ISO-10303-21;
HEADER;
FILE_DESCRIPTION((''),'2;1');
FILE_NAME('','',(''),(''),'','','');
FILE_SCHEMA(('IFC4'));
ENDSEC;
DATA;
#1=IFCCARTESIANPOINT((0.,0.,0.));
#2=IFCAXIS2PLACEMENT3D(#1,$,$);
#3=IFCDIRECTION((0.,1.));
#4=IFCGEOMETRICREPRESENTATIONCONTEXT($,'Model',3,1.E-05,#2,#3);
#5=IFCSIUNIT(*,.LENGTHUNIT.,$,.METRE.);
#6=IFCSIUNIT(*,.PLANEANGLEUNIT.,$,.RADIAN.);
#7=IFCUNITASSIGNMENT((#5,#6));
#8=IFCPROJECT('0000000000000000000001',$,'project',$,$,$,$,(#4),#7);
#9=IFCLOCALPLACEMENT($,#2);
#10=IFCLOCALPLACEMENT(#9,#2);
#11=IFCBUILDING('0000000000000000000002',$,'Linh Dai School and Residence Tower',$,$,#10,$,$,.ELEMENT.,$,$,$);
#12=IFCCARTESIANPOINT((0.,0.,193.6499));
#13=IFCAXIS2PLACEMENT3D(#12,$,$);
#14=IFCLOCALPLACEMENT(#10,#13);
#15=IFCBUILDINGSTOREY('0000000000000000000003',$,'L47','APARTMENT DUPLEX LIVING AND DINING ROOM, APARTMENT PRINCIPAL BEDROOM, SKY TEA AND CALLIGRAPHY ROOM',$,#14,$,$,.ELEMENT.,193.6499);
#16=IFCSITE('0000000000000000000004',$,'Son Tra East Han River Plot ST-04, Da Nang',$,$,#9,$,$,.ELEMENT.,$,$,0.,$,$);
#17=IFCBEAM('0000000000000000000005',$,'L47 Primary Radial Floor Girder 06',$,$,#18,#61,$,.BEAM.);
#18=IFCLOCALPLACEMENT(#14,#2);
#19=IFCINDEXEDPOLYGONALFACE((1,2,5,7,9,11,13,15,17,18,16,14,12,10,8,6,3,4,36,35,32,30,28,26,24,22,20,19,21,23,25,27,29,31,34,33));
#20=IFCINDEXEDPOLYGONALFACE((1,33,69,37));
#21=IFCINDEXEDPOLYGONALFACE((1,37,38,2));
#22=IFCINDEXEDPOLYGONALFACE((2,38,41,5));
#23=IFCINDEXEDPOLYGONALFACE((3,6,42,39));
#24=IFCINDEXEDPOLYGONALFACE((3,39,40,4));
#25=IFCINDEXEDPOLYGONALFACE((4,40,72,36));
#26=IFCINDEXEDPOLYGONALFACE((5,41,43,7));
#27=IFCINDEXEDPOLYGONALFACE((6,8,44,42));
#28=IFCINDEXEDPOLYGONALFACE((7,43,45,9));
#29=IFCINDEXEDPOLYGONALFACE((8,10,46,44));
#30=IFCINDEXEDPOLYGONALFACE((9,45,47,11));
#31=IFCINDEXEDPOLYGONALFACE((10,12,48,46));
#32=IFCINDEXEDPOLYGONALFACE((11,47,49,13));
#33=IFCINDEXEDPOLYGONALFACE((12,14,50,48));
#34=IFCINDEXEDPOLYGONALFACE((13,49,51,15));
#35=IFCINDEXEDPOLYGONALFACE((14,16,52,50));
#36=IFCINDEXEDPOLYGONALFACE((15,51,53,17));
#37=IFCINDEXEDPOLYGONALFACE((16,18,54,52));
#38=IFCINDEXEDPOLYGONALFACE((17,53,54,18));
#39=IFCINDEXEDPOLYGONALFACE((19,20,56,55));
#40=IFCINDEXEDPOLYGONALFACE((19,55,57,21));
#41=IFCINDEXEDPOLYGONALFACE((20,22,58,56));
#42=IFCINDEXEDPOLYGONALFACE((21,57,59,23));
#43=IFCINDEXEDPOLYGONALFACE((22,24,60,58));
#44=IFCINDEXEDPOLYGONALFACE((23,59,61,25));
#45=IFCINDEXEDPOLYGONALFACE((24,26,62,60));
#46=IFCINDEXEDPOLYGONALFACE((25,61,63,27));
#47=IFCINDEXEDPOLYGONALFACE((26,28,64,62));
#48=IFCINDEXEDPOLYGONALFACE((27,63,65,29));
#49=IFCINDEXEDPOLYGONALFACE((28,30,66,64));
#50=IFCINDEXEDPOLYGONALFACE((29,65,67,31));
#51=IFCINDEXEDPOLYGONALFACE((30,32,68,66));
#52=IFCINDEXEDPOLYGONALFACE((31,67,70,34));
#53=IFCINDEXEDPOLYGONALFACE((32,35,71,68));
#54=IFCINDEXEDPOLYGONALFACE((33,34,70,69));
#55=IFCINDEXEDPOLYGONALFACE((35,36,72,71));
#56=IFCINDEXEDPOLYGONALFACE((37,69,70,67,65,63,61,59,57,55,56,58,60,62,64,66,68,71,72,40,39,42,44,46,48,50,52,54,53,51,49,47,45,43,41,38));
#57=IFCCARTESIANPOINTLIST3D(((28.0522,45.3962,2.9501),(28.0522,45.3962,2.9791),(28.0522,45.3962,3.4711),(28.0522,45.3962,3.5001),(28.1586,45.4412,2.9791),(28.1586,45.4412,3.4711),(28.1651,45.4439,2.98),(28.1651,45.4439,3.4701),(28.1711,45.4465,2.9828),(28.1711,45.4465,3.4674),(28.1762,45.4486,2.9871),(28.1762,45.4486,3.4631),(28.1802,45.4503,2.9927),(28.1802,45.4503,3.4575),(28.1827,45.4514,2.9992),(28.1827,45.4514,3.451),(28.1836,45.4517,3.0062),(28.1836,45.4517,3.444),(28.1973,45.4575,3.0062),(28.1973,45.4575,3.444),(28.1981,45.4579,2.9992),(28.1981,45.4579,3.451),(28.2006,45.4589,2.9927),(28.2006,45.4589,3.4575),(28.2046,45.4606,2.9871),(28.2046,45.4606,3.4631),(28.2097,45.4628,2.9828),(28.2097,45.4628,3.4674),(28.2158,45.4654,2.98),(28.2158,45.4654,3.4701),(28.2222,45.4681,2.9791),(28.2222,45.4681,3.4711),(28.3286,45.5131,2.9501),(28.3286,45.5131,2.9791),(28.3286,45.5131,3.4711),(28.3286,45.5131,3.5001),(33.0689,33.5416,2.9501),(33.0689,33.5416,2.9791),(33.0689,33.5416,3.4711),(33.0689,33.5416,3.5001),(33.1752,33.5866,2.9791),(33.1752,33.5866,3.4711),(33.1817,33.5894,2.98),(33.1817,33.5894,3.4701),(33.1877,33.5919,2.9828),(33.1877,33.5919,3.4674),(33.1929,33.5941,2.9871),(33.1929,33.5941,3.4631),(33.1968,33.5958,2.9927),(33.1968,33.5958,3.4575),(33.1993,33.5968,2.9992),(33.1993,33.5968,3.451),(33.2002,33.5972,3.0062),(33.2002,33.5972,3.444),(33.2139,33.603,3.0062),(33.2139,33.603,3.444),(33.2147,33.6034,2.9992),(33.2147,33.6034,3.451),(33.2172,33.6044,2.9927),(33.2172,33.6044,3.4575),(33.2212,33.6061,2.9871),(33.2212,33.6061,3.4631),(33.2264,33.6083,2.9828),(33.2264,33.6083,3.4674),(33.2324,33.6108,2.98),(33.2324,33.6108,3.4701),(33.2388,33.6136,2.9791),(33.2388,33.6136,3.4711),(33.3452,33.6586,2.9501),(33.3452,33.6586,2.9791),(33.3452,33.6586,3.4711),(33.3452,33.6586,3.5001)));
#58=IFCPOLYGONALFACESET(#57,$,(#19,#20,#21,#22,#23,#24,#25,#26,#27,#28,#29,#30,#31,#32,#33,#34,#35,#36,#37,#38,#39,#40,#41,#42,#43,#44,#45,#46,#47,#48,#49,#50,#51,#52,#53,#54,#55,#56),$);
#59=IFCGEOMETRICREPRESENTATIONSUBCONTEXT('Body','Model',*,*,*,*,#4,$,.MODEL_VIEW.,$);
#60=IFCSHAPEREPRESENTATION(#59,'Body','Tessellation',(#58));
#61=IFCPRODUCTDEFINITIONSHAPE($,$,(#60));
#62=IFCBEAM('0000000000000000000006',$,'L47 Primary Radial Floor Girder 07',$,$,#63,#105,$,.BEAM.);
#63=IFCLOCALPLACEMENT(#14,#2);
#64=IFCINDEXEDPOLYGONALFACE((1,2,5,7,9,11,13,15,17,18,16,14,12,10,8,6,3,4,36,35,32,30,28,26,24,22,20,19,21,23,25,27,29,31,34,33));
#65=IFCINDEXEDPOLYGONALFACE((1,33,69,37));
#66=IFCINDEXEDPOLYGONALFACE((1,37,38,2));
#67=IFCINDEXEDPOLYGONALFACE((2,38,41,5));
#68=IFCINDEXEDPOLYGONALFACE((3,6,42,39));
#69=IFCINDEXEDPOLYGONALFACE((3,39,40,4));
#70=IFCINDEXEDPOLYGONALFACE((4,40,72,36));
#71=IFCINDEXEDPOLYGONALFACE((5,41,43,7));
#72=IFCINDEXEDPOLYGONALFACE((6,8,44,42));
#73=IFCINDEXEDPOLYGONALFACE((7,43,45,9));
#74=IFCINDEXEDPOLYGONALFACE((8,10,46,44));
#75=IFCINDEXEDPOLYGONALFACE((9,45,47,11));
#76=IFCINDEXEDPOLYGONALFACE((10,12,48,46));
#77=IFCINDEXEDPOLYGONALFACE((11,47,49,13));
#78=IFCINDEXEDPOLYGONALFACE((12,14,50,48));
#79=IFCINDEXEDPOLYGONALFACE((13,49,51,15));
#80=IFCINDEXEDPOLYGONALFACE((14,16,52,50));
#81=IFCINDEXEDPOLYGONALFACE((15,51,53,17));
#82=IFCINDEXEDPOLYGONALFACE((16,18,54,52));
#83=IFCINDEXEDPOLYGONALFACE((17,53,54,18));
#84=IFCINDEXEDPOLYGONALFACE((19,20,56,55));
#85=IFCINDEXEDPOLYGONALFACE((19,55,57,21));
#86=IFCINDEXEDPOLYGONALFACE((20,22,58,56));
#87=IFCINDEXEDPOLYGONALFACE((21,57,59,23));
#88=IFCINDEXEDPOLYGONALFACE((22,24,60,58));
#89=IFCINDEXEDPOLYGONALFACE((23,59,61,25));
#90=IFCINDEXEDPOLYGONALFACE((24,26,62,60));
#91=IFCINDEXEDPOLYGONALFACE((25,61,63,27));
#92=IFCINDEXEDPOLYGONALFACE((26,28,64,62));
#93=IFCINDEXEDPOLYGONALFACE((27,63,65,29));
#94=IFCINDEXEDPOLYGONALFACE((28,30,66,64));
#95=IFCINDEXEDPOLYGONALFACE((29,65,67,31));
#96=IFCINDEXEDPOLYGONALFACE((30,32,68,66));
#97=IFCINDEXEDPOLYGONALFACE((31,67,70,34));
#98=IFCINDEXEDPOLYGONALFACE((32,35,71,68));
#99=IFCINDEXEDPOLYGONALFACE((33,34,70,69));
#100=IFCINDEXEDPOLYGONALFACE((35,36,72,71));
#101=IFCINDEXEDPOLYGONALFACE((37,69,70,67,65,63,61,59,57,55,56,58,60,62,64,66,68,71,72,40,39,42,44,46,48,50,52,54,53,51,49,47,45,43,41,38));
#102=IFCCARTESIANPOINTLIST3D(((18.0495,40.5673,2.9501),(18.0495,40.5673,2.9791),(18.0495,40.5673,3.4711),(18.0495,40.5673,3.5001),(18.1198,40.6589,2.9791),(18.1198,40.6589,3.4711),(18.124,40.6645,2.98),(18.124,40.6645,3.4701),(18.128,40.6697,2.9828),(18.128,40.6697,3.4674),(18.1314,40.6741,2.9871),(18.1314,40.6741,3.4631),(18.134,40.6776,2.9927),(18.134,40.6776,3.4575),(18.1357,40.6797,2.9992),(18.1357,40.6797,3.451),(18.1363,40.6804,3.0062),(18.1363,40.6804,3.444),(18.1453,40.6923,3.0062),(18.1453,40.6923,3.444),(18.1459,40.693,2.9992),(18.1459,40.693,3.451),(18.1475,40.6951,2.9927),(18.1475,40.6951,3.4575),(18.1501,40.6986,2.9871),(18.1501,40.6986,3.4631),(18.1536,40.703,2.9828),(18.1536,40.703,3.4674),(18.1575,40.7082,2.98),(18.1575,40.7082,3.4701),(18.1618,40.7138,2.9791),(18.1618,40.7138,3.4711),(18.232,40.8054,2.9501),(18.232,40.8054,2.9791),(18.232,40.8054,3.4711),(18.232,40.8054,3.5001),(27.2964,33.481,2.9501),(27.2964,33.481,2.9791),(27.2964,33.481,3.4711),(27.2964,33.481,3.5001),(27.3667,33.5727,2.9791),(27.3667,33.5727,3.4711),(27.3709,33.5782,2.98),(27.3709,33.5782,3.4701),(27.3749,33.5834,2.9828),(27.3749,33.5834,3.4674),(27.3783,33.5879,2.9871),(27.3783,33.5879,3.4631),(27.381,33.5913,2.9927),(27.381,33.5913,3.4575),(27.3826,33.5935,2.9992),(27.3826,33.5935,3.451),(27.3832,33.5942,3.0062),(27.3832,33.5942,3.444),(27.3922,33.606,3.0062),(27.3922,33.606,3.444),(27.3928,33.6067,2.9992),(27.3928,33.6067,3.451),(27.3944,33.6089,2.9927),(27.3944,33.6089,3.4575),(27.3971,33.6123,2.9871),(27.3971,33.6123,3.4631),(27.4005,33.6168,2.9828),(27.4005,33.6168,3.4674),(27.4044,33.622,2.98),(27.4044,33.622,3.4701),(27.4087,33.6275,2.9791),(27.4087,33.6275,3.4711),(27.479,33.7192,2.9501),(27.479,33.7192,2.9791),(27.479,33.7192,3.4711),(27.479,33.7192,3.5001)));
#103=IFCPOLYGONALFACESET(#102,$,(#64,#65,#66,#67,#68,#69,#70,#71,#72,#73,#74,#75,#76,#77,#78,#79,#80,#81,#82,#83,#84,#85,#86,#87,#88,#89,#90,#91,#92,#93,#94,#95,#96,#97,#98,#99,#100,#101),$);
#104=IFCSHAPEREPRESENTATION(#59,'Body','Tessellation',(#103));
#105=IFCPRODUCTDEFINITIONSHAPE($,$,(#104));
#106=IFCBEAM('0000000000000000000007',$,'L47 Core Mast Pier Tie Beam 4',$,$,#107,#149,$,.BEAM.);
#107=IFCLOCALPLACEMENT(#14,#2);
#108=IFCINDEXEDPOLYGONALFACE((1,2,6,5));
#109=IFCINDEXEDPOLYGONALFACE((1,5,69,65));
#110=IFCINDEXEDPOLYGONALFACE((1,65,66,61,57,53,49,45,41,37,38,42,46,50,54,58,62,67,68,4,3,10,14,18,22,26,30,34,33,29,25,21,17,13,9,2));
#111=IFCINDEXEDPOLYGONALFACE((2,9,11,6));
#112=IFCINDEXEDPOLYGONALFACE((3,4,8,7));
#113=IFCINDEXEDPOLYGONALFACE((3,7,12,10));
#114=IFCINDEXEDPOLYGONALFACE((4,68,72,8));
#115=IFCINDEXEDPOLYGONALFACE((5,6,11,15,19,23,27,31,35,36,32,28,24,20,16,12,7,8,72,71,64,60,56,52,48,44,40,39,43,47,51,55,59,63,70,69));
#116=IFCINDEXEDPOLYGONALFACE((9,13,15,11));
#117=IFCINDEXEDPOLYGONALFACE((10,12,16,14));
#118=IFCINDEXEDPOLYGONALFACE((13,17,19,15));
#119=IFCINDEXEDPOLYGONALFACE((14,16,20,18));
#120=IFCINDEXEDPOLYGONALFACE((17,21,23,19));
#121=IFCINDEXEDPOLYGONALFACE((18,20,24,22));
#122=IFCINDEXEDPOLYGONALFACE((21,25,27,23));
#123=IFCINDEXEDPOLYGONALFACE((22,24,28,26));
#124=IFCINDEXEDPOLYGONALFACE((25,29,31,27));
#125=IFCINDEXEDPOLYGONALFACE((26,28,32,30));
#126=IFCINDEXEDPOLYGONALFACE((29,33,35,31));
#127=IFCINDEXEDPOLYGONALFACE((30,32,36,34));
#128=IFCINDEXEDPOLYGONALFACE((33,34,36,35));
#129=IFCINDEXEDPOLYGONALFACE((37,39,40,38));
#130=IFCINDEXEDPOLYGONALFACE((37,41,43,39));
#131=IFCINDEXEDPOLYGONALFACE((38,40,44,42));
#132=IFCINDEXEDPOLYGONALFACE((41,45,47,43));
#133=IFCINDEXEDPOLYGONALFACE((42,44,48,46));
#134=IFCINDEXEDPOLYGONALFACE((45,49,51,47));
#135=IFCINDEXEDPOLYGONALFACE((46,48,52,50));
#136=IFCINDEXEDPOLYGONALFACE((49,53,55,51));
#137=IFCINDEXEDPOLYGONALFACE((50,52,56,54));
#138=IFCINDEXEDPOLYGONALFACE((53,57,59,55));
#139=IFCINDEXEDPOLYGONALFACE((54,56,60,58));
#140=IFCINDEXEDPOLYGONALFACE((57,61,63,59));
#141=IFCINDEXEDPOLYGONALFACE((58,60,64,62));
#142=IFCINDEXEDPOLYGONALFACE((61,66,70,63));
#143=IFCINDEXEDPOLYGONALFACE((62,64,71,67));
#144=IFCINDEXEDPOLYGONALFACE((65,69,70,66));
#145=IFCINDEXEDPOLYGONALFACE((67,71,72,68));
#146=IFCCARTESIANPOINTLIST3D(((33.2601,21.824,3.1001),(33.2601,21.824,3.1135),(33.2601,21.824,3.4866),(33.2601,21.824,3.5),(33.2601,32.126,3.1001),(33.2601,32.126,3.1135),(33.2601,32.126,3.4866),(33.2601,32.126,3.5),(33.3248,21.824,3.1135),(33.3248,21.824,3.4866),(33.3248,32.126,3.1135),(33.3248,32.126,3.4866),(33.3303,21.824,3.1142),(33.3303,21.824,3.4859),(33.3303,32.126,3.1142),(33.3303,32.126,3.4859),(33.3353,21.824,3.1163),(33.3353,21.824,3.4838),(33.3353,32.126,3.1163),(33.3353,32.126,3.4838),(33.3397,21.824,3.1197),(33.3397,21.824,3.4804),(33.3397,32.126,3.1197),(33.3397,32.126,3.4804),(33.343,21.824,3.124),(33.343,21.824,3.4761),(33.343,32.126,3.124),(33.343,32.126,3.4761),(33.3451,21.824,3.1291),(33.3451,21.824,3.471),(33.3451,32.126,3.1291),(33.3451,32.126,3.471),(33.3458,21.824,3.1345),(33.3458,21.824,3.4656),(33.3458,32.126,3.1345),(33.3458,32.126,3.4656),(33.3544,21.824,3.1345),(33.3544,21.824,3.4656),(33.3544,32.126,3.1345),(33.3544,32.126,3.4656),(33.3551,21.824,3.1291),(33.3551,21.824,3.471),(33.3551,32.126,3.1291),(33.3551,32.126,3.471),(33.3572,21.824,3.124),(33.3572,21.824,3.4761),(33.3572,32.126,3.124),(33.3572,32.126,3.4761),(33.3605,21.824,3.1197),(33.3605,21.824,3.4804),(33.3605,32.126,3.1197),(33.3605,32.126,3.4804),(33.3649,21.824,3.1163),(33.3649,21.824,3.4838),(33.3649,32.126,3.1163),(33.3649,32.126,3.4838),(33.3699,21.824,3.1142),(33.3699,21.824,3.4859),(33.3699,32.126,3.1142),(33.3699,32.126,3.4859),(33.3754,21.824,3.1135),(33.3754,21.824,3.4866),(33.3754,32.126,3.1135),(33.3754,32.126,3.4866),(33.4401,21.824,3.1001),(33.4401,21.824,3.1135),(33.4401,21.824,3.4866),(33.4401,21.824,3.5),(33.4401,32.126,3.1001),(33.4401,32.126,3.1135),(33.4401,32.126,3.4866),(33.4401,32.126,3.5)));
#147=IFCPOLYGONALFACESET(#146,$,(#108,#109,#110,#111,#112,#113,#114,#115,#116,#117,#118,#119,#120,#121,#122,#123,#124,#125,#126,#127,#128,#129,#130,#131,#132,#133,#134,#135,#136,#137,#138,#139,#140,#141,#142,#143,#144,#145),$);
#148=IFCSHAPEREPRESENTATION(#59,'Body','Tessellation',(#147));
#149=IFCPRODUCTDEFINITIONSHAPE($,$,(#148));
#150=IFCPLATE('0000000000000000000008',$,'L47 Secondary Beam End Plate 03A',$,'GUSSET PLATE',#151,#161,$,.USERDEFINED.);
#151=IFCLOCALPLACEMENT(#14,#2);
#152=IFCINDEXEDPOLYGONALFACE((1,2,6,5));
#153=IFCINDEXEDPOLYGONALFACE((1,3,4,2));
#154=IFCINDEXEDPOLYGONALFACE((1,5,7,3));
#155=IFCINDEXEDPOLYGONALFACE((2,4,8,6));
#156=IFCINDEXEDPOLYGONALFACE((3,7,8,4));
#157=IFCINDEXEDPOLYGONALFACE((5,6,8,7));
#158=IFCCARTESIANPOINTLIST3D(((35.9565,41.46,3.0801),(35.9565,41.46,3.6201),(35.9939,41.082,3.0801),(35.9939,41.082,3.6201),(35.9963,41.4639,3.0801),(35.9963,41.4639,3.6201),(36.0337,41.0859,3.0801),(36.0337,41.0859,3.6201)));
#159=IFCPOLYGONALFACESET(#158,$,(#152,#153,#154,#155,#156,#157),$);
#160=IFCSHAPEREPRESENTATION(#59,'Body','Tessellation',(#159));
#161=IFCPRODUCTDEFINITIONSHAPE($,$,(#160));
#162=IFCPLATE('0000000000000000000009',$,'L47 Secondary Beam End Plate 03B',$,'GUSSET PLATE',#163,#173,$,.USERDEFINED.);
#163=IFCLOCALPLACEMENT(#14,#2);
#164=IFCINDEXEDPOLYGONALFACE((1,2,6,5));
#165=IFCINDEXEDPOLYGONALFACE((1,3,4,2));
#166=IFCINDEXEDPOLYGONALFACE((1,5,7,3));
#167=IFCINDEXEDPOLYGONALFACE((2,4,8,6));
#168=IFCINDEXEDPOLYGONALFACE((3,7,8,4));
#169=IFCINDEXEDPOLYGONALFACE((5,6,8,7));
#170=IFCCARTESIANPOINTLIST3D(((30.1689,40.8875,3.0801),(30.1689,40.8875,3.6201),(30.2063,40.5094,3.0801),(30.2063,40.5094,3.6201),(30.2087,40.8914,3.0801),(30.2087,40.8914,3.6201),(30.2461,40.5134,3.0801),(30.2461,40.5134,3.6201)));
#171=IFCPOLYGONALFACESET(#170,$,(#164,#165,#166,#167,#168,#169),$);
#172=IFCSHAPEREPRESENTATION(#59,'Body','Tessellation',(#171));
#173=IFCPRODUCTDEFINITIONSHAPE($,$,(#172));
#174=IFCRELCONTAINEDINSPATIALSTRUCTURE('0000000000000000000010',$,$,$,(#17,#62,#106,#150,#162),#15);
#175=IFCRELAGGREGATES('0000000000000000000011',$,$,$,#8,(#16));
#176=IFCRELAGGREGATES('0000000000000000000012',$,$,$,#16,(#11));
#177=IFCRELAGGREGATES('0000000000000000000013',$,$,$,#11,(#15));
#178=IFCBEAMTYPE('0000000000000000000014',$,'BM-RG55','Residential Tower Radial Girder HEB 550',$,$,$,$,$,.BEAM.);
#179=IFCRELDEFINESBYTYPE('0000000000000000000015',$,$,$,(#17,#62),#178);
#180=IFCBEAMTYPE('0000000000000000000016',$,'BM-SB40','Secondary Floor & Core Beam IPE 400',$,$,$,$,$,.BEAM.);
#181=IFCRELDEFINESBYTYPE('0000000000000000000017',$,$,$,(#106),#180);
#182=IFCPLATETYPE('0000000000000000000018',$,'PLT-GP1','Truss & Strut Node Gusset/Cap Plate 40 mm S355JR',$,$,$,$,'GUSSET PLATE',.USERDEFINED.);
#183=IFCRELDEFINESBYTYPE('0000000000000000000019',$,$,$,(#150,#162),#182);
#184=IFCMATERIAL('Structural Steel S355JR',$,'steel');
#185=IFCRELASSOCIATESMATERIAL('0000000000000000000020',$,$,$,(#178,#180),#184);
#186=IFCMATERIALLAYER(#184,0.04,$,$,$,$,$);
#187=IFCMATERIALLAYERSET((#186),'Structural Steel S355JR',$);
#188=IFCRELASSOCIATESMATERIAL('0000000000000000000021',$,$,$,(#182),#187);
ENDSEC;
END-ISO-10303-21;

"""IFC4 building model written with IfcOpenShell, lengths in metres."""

from ifc_helpers import new_model, si_unit, direction, frame, origin, origin_2d, place, context, subcontext, project, spatial, rectangle, i_section, extrude, source, transform, mapped, material, layer, layer_set, material_profile, profile_set, type_object, element, save


model = new_model("IFC4")

# Units and contexts
model_context = context("Model", 3, precision=1e-05, world=origin(), true_north=direction((0.0, 1.0)))
body_context = subcontext(model_context, "Body", "Model", "MODEL_VIEW")
ifc_project = project(units=[si_unit("LENGTHUNIT", "METRE"), si_unit("PLANEANGLEUNIT", "RADIAN")], contexts=[model_context])

# Site, building, storey
site_placement = place(None, origin())
site = spatial("IfcSite", under=ifc_project, at=site_placement, Name="Son Tra East Han River Plot ST-04, Da Nang", CompositionType="ELEMENT", RefElevation=0.0)
building_placement = place(site_placement, origin())
building = spatial("IfcBuilding", under=site, at=building_placement, Name="Linh Dai School and Residence Tower", CompositionType="ELEMENT")
storey_placement = place(building_placement, frame((0.0, 0.0, 193.6499)))
storey = spatial("IfcBuildingStorey", under=building, at=storey_placement, Name="L47", Description="APARTMENT DUPLEX LIVING AND DINING ROOM, APARTMENT PRINCIPAL BEDROOM, SKY TEA AND CALLIGRAPHY ROOM", CompositionType="ELEMENT", Elevation=193.6499)

# Shared definitions
ifc_material_1 = material(Name="Structural Steel S355JR", Category="steel")

# Beams
ifc_material_profile_1 = material_profile(ifc_material_1, i_section(OverallWidth=0.3, OverallDepth=0.55, WebThickness=0.0149, FlangeThickness=0.0291, FilletRadius=0.0271, at=origin_2d()), Name="HEB 550")
ifc_profile_set_1 = profile_set([ifc_material_profile_1], Name="Structural Steel S355JR")
beam_type_1 = type_object("IfcBeamType", Name="BM-RG55", Description="Residential Tower Radial Girder HEB 550", PredefinedType="BEAM", material=ifc_profile_set_1)
beam_1_placement = place(storey_placement, frame((33.207, 33.6001, 3.2251), z_axis=(-0.389722, 0.920933, 0.0), x_axis=(-0.920933, -0.389722, 0.0)))
element("IfcBeam", 1, at=beam_1_placement, inside=storey, type_object=beam_type_1, Name="L47 Primary Radial Floor Girder 06", PredefinedType="BEAM", context=body_context, shape_type="SweptSolid", body=[
    extrude(i_section(OverallWidth=0.3, OverallDepth=0.55, WebThickness=0.0149, FlangeThickness=0.0291, FilletRadius=0.0271, at=origin_2d()), origin(), (0.0, 0.0, 1.0), 12.8723),
])
beam_2_placement = place(storey_placement, frame((27.3877, 33.6001, 3.2251), z_axis=(-0.793733, 0.608267, 0.0), x_axis=(-0.608267, -0.793733, 0.0)))
element("IfcBeam", 2, at=beam_2_placement, inside=storey, type_object=beam_type_1, Name="L47 Primary Radial Floor Girder 07", PredefinedType="BEAM", context=body_context, shape_type="SweptSolid", body=[
    extrude(i_section(OverallWidth=0.3, OverallDepth=0.55, WebThickness=0.0149, FlangeThickness=0.0291, FilletRadius=0.0271, at=origin_2d()), origin(), (0.0, 0.0, 1.0), 11.6499),
])
ifc_material_profile_2 = material_profile(ifc_material_1, i_section(OverallWidth=0.1799, OverallDepth=0.3999, WebThickness=0.0085, FlangeThickness=0.0134, FilletRadius=0.021, at=origin_2d()), Name="IPE 400")
ifc_profile_set_2 = profile_set([ifc_material_profile_2], Name="Structural Steel S355JR")
beam_type_2 = type_object("IfcBeamType", Name="BM-SB40", Description="Secondary Floor & Core Beam IPE 400", PredefinedType="BEAM", material=ifc_profile_set_2)
beam_3_placement = place(storey_placement, frame((33.3501, 32.126, 3.3), z_axis=(0.0, -1.0, 0.0), x_axis=(1.0, 0.0, 0.0)))
element("IfcBeam", 3, at=beam_3_placement, inside=storey, type_object=beam_type_2, Name="L47 Core Mast Pier Tie Beam 4", PredefinedType="BEAM", context=body_context, shape_type="SweptSolid", body=[
    extrude(i_section(OverallWidth=0.1799, OverallDepth=0.3999, WebThickness=0.0085, FlangeThickness=0.0134, FilletRadius=0.021, at=origin_2d()), origin(), (0.0, 0.0, 1.0), 10.302),
])

# Plates
ifc_layer_1 = layer(ifc_material_1, 0.04)
ifc_layer_set_1 = layer_set([ifc_layer_1], Name="Structural Steel S355JR")
plate_type = type_object("IfcPlateType", Name="PLT-GP1", Description="Truss & Strut Node Gusset/Cap Plate 40 mm S355JR", ElementType="GUSSET PLATE", PredefinedType="USERDEFINED", material=ifc_layer_set_1)
shared_shape_1 = source(origin(), body_context, "Body", "SweptSolid", [
    extrude(rectangle(XDim=0.04, YDim=0.3799, at=origin_2d()), origin(), (0.0, 0.0, 1.0), 0.54),
])
for number, where, z_axis, x_axis, name in (
    (4, (35.9951, 41.2729, 3.0801), (0.0, 0.0, 1.0), (-0.995145, -0.098423, 0.0), "L47 Secondary Beam End Plate 03A"),
    (5, (30.2075, 40.7004, 3.0801), (0.0, 0.0, 1.0), (-0.995145, -0.098423, 0.0), "L47 Secondary Beam End Plate 03B"),
):
    element("IfcPlate", number, at=place(storey_placement, frame(where, z_axis=z_axis, x_axis=x_axis)), inside=storey, type_object=plate_type, Name=name, ObjectType="GUSSET PLATE", PredefinedType="USERDEFINED", context=body_context, shape_type="MappedRepresentation", body=[
        mapped(shared_shape_1, transform((0.0, 0.0, 0.0), x_axis=(1.0, 0.0, 0.0), y_axis=(0.0, 1.0, 0.0), z_axis=(0.0, 0.0, 1.0), scale=1.0)),
    ])

save(model, "model.ifc")
